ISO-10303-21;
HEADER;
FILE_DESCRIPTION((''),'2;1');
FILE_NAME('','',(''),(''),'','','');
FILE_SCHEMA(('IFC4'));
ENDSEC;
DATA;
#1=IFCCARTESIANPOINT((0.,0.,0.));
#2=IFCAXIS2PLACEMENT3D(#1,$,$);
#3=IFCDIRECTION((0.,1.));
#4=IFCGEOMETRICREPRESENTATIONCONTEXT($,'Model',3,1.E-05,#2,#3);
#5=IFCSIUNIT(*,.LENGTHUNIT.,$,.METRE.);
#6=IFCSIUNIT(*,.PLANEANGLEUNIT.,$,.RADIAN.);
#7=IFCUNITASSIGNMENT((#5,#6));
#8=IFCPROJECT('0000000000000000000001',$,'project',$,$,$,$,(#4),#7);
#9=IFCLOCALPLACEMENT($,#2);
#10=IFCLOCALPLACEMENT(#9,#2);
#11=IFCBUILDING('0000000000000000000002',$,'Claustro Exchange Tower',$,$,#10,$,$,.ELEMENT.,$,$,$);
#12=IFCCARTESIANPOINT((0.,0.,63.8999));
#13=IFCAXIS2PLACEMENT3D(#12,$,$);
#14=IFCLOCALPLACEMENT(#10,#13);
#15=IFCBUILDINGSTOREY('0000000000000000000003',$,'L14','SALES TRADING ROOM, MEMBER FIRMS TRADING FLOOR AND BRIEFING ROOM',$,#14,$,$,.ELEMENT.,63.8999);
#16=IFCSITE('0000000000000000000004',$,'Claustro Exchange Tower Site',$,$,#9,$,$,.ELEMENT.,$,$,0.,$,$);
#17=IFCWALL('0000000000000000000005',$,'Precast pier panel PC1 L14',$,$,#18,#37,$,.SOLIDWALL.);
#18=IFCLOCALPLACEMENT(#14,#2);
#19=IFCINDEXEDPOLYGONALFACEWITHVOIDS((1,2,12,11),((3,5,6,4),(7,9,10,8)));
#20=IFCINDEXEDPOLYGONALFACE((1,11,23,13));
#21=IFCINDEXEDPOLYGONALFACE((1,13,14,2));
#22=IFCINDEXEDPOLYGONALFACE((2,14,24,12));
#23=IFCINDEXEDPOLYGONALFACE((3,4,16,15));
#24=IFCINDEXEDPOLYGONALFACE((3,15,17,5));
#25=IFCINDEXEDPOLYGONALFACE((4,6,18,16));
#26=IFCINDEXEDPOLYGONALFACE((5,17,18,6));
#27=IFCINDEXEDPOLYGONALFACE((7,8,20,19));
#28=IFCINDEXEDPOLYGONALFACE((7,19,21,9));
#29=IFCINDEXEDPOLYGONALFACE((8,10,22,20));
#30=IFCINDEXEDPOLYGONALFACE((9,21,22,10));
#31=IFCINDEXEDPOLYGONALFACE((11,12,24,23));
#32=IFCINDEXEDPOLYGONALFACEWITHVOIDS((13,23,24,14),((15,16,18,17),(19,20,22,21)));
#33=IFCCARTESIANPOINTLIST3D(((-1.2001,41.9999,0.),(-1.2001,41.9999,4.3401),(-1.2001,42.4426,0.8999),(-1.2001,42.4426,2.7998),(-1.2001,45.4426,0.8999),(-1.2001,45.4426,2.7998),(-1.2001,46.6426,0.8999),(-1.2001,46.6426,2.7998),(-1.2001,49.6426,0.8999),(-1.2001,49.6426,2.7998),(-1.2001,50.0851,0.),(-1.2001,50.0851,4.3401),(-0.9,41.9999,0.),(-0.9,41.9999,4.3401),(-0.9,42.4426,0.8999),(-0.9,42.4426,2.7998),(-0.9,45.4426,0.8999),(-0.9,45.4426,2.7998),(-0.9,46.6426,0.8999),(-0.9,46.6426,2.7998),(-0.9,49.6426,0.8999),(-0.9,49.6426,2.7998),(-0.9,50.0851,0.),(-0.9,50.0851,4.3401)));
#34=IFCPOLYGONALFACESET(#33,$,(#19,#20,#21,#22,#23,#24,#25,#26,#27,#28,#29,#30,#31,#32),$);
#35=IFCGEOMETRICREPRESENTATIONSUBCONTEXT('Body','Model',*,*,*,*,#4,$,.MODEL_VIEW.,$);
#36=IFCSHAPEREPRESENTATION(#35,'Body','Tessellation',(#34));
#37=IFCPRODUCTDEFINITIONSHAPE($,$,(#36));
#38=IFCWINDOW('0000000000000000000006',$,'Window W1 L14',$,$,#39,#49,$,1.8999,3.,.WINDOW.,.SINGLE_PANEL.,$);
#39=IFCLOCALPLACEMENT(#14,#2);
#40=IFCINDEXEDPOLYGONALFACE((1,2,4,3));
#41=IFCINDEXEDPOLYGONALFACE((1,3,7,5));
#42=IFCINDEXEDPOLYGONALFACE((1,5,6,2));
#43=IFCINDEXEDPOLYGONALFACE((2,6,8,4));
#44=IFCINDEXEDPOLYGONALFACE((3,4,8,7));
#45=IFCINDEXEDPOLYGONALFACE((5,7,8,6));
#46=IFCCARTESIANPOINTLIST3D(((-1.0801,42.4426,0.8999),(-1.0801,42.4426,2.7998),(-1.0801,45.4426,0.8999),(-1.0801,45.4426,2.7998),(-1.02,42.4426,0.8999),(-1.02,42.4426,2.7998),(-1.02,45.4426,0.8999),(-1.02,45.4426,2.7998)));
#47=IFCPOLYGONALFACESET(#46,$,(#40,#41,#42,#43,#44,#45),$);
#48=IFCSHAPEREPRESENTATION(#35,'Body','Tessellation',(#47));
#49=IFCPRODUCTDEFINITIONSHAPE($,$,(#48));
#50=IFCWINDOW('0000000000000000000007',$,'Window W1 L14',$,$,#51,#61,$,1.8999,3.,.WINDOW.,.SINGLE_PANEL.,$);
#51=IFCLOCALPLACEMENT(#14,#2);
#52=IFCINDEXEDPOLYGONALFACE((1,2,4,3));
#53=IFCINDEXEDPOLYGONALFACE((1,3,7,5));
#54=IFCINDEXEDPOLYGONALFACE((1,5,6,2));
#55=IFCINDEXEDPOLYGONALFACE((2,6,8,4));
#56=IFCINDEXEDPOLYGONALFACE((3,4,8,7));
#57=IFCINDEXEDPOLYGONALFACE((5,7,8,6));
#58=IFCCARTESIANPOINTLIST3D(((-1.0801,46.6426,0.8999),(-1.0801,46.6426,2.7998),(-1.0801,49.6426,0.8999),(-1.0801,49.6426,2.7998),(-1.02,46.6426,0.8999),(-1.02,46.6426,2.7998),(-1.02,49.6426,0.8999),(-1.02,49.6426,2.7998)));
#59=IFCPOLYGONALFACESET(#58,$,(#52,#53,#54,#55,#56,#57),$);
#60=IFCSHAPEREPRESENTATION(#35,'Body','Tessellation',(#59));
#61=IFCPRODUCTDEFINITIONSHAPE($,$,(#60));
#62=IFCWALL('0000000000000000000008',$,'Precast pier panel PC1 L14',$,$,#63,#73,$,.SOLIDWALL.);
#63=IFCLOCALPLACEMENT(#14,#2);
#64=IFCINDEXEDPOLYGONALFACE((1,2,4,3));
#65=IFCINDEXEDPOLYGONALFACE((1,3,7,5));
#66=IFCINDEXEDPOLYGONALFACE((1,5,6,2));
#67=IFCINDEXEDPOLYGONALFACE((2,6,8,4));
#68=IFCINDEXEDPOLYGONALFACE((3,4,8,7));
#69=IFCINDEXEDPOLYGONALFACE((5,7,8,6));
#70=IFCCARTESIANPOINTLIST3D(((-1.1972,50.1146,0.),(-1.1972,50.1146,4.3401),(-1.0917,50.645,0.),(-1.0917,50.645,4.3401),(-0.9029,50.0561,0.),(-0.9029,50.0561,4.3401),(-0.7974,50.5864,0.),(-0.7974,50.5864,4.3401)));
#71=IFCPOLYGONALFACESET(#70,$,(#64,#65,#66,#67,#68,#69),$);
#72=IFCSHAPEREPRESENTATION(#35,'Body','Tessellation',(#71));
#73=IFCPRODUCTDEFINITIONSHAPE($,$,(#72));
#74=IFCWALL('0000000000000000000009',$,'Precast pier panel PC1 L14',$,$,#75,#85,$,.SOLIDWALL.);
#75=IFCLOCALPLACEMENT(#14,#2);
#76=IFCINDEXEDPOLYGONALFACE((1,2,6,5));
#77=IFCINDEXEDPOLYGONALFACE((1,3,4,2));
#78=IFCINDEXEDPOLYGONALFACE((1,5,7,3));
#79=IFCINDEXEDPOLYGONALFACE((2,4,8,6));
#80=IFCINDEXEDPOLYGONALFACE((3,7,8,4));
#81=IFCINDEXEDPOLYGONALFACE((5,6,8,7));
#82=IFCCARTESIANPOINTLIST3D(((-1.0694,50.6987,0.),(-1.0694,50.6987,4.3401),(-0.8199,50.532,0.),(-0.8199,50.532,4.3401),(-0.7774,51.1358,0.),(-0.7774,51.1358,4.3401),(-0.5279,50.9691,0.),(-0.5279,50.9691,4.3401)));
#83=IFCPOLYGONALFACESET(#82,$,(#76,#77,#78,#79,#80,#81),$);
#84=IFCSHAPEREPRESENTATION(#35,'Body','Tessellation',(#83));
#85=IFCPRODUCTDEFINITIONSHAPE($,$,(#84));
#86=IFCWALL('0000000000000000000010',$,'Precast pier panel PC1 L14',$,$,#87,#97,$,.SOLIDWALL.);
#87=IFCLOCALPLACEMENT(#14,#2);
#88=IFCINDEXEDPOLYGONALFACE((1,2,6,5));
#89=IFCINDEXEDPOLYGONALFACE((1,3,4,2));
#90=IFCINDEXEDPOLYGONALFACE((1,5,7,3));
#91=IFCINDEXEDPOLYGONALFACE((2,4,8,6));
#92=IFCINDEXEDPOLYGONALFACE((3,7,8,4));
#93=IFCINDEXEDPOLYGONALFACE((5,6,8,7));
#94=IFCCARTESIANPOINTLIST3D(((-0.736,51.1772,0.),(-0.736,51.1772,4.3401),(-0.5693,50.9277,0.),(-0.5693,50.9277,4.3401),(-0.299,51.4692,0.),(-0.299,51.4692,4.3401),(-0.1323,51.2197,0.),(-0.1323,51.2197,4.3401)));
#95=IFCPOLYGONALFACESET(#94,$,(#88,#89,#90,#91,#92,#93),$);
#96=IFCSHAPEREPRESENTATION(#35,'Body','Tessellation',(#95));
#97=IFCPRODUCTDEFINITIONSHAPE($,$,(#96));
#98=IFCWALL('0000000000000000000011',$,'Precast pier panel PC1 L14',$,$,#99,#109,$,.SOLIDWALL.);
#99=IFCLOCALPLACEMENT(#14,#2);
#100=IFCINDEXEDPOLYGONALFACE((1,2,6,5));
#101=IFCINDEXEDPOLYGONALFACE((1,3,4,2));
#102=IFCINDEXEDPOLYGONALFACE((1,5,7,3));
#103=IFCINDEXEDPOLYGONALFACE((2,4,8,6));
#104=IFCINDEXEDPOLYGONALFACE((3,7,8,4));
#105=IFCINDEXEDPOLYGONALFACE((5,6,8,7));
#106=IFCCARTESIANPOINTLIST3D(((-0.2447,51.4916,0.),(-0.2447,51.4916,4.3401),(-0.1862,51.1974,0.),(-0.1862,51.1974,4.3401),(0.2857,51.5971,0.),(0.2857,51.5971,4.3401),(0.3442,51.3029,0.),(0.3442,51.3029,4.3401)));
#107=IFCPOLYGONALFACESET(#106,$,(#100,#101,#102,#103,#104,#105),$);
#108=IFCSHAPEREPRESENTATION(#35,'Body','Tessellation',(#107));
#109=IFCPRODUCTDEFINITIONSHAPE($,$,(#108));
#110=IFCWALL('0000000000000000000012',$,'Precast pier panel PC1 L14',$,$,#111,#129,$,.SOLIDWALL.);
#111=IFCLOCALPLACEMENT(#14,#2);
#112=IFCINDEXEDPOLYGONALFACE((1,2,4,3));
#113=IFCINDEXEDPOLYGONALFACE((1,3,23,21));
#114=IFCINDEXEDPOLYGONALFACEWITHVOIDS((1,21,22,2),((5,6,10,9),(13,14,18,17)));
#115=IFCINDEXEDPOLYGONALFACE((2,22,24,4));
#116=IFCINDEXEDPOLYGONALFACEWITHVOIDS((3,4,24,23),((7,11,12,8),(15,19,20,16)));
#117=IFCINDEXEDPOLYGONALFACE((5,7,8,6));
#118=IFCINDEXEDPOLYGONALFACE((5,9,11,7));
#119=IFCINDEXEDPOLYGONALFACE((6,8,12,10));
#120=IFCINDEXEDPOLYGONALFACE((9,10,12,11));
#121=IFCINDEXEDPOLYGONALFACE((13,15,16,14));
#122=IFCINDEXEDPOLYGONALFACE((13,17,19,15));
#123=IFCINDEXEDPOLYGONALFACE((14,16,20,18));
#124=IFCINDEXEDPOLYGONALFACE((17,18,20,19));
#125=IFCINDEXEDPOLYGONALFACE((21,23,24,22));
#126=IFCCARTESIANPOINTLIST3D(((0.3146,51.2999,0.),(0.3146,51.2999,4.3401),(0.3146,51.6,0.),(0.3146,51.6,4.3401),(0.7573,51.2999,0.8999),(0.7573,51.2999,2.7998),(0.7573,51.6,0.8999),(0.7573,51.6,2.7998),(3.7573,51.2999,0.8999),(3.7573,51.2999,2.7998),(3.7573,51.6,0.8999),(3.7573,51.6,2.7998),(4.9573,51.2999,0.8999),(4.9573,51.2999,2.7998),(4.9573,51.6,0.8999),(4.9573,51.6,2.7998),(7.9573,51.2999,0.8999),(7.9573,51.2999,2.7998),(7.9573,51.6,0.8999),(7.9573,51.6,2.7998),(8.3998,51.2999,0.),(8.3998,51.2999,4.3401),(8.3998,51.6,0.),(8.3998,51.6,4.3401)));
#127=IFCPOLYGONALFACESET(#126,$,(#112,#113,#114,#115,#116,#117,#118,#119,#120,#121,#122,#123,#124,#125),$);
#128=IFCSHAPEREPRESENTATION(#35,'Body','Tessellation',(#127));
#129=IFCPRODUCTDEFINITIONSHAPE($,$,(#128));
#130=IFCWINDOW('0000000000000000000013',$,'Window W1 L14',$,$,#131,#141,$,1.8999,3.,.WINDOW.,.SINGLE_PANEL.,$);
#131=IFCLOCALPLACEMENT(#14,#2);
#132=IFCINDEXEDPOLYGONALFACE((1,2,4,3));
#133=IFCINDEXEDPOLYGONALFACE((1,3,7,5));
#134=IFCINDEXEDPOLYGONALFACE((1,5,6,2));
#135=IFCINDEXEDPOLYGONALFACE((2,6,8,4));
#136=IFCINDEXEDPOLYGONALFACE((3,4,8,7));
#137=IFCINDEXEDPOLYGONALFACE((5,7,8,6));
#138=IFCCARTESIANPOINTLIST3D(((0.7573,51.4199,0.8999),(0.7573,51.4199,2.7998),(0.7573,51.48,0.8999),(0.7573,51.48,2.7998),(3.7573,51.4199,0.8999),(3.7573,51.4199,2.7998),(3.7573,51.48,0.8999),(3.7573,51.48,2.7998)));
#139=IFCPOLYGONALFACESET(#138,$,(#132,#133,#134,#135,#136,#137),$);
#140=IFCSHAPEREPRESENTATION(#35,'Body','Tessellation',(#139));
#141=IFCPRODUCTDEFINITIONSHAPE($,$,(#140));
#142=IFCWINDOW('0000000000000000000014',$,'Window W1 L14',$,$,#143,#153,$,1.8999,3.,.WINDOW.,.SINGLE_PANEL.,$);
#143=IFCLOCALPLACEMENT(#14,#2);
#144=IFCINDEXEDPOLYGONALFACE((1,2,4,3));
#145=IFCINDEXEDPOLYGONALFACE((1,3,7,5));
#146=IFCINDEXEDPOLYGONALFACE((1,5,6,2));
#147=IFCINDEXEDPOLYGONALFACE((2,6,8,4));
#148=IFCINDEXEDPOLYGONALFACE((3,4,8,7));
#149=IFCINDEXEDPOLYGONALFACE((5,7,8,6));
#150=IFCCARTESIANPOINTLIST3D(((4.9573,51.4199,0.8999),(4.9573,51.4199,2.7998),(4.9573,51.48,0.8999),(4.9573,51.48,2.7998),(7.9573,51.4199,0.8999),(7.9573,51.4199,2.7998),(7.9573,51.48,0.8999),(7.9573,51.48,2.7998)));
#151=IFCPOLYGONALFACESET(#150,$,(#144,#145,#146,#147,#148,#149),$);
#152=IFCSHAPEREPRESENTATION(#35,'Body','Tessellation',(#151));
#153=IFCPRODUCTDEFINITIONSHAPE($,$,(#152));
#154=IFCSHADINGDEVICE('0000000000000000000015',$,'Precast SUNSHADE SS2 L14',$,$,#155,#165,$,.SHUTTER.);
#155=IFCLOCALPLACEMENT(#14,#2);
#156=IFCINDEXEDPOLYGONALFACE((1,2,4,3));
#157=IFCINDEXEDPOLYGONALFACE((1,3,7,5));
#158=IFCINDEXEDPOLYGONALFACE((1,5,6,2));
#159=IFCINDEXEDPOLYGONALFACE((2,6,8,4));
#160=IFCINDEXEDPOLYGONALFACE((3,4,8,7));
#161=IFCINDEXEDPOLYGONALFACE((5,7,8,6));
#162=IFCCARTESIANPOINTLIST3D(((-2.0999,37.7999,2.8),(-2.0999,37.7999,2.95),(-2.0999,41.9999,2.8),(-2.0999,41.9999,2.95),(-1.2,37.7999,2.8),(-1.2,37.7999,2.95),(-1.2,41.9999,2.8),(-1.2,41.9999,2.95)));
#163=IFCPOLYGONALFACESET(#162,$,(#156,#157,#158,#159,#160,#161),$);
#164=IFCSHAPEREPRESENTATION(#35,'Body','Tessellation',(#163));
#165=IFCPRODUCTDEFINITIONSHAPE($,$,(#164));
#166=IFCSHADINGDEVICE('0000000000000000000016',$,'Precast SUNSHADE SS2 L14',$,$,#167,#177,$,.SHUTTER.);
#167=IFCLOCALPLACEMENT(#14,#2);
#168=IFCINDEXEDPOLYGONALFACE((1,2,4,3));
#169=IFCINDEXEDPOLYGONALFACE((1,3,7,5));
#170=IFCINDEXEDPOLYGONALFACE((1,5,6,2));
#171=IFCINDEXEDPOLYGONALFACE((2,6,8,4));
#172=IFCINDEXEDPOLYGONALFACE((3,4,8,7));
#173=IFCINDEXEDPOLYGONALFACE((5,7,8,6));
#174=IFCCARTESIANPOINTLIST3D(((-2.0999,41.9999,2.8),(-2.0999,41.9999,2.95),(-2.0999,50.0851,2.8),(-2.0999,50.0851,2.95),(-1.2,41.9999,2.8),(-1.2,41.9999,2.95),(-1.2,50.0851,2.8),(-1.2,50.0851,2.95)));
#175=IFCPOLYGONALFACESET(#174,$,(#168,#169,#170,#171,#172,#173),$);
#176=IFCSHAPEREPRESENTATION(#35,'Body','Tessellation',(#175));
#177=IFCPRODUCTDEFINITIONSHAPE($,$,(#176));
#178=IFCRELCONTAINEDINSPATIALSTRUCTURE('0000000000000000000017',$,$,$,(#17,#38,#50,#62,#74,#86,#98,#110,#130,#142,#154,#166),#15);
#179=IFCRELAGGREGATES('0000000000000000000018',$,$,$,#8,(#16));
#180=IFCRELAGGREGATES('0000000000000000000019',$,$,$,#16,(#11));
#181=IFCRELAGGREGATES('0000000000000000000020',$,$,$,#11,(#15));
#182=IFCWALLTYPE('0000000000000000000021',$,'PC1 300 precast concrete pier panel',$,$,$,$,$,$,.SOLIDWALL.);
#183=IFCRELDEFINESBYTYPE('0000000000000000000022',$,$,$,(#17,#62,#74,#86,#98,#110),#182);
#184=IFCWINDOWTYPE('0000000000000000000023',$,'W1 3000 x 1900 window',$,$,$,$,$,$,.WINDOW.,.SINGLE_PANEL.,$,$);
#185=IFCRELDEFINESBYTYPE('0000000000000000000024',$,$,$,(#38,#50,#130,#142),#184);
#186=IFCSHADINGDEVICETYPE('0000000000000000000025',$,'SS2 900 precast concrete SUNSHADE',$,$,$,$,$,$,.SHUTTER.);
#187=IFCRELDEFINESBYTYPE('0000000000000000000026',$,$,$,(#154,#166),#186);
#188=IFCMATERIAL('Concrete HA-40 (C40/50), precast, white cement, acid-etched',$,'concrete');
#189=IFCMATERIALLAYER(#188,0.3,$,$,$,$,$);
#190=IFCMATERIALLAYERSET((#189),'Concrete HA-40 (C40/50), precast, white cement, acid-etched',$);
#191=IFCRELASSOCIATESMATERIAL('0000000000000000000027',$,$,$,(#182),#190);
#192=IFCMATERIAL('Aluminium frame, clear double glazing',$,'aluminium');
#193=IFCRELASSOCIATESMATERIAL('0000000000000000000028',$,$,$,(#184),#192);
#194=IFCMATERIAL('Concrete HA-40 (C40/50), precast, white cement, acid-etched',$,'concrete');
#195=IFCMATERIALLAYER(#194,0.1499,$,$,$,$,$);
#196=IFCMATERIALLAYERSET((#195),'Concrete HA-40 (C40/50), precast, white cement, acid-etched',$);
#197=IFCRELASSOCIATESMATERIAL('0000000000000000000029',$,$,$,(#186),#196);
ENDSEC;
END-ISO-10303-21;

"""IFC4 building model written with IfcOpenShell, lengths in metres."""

from ifc_helpers import new_model, si_unit, direction, frame, frame_2d, origin, origin_2d, place, context, subcontext, project, spatial, rectangle, extrude, material, layer, layer_set, type_object, element, fill, save


model = new_model("IFC4")

# Units and contexts
model_context = context("Model", 3, precision=1e-05, world=origin(), true_north=direction((0.0, 1.0)))
body_context = subcontext(model_context, "Body", "Model", "MODEL_VIEW")
ifc_project = project(units=[si_unit("LENGTHUNIT", "METRE"), si_unit("PLANEANGLEUNIT", "RADIAN")], contexts=[model_context])

# Site, building, storey
site_placement = place(None, origin())
site = spatial("IfcSite", under=ifc_project, at=site_placement, Name="Claustro Exchange Tower Site", CompositionType="ELEMENT", RefElevation=0.0)
building_placement = place(site_placement, origin())
building = spatial("IfcBuilding", under=site, at=building_placement, Name="Claustro Exchange Tower", CompositionType="ELEMENT")
storey_placement = place(building_placement, frame((0.0, 0.0, 63.8999)))
storey = spatial("IfcBuildingStorey", under=building, at=storey_placement, Name="L14", Description="SALES TRADING ROOM, MEMBER FIRMS TRADING FLOOR AND BRIEFING ROOM", CompositionType="ELEMENT", Elevation=63.8999)

# Wall, openings, windows
ifc_material_1 = material(Name="Concrete HA-40 (C40/50), precast, white cement, acid-etched", Category="concrete")
ifc_layer_1 = layer(ifc_material_1, 0.3)
ifc_layer_set_1 = layer_set([ifc_layer_1], Name="Concrete HA-40 (C40/50), precast, white cement, acid-etched")
wall_type_1 = type_object("IfcWallType", Name="PC1 300 precast concrete pier panel", PredefinedType="SOLIDWALL", material=ifc_layer_set_1)
wall_1_placement = place(storey_placement, frame((-1.05, 42.0, 0.0), z_axis=(0.0, 0.0, 1.0), x_axis=(0.0, 1.0, 0.0)))
wall_1 = element("IfcWall", 1, at=wall_1_placement, inside=storey, type_object=wall_type_1, Name="Precast pier panel PC1 L14", PredefinedType="SOLIDWALL", context=body_context, shape_type="SweptSolid", body=[
    extrude(rectangle(XDim=8.0852, YDim=0.3, at=frame_2d((4.0425, 0.0))), origin(), (0.0, 0.0, 1.0), 4.3401),
])
opening_1_placement = place(wall_1_placement, frame((0.4426, 0.0, 0.8999)))
opening_1 = element("IfcOpeningElement", 2, at=opening_1_placement, cuts=wall_1, PredefinedType="OPENING", context=body_context, shape_type="SweptSolid", body=[
    extrude(rectangle(XDim=3.0, YDim=1.8999, at=frame_2d((1.5, 0.95))), frame((0.0, 0.1599, 0.0), z_axis=(0.0, -1.0, 0.0), x_axis=(1.0, 0.0, 0.0)), (0.0, 0.0, 1.0), 0.3201),
])
opening_2_placement = place(wall_1_placement, frame((4.6426, 0.0, 0.8999)))
opening_2 = element("IfcOpeningElement", 3, at=opening_2_placement, cuts=wall_1, PredefinedType="OPENING", context=body_context, shape_type="SweptSolid", body=[
    extrude(rectangle(XDim=3.0, YDim=1.8999, at=frame_2d((1.5, 0.95))), frame((0.0, 0.1599, 0.0), z_axis=(0.0, -1.0, 0.0), x_axis=(1.0, 0.0, 0.0)), (0.0, 0.0, 1.0), 0.3201),
])
ifc_material_2 = material(Name="Aluminium frame, clear double glazing", Category="aluminium")
window_type = type_object("IfcWindowType", Name="W1 3000 x 1900 window", PartitioningType="SINGLE_PANEL", PredefinedType="WINDOW", material=ifc_material_2)
window_1_placement = place(opening_1_placement, origin())
window_1 = element("IfcWindow", 4, at=window_1_placement, inside=storey, type_object=window_type, Name="Window W1 L14", OverallHeight=1.8999, OverallWidth=3.0, PartitioningType="SINGLE_PANEL", PredefinedType="WINDOW", context=body_context, shape_type="SweptSolid", body=[
    extrude(rectangle(XDim=3.0, YDim=1.8999, at=frame_2d((1.5, 0.95))), frame((0.0, 0.03, 0.0), z_axis=(0.0, -1.0, 0.0), x_axis=(1.0, 0.0, 0.0)), (0.0, 0.0, 1.0), 0.0601),
])
fill(opening_1, window_1)
window_2_placement = place(opening_2_placement, origin())
window_2 = element("IfcWindow", 5, at=window_2_placement, inside=storey, type_object=window_type, Name="Window W1 L14", OverallHeight=1.8999, OverallWidth=3.0, PartitioningType="SINGLE_PANEL", PredefinedType="WINDOW", context=body_context, shape_type="SweptSolid", body=[
    extrude(rectangle(XDim=3.0, YDim=1.8999, at=frame_2d((1.5, 0.95))), frame((0.0, 0.03, 0.0), z_axis=(0.0, -1.0, 0.0), x_axis=(1.0, 0.0, 0.0)), (0.0, 0.0, 1.0), 0.0601),
])
fill(opening_2, window_2)

# Walls
wall_2_placement = place(storey_placement, frame((-1.05, 50.0852, 0.0), z_axis=(0.0, 0.0, 1.0), x_axis=(0.195074, 0.980789, 0.0)))
element("IfcWall", 6, at=wall_2_placement, inside=storey, type_object=wall_type_1, Name="Precast pier panel PC1 L14", PredefinedType="SOLIDWALL", context=body_context, shape_type="SweptSolid", body=[
    extrude(rectangle(XDim=0.5408, YDim=0.3, at=frame_2d((0.2705, 0.0))), origin(), (0.0, 0.0, 1.0), 4.3401),
])
for number, where, z_axis, x_axis, name in (
    (7, (-0.9446, 50.6155, 0.0), (0.0, 0.0, 1.0), (0.555557, 0.831478, 0.0), "Precast pier panel PC1 L14"),
    (8, (-0.6526, 51.0525, 0.0), (0.0, 0.0, 1.0), (0.831478, 0.555557, 0.0), "Precast pier panel PC1 L14"),
):
    element("IfcWall", number, at=place(storey_placement, frame(where, z_axis=z_axis, x_axis=x_axis)), inside=storey, type_object=wall_type_1, Name=name, PredefinedType="SOLIDWALL", context=body_context, shape_type="SweptSolid", body=[
        extrude(rectangle(XDim=0.5256, YDim=0.3, at=frame_2d((0.2627, 0.0))), origin(), (0.0, 0.0, 1.0), 4.3401),
    ])
wall_3_placement = place(storey_placement, frame((-0.2156, 51.3445, 0.0), z_axis=(0.0, 0.0, 1.0), x_axis=(0.980789, 0.195074, 0.0)))
element("IfcWall", 9, at=wall_3_placement, inside=storey, type_object=wall_type_1, Name="Precast pier panel PC1 L14", PredefinedType="SOLIDWALL", context=body_context, shape_type="SweptSolid", body=[
    extrude(rectangle(XDim=0.5408, YDim=0.3, at=frame_2d((0.2705, 0.0))), origin(), (0.0, 0.0, 1.0), 4.3401),
])

# Wall, openings, windows
wall_4_placement = place(storey_placement, frame((0.3147, 51.45, 0.0), z_axis=(0.0, 0.0, 1.0), x_axis=(1.0, 0.0, 0.0)))
wall_4 = element("IfcWall", 10, at=wall_4_placement, inside=storey, type_object=wall_type_1, Name="Precast pier panel PC1 L14", PredefinedType="SOLIDWALL", context=body_context, shape_type="SweptSolid", body=[
    extrude(rectangle(XDim=8.0852, YDim=0.3, at=frame_2d((4.0425, 0.0))), origin(), (0.0, 0.0, 1.0), 4.3401),
])
opening_3_placement = place(wall_4_placement, frame((0.4426, 0.0, 0.8999)))
opening_3 = element("IfcOpeningElement", 11, at=opening_3_placement, cuts=wall_4, PredefinedType="OPENING", context=body_context, shape_type="SweptSolid", body=[
    extrude(rectangle(XDim=3.0, YDim=1.8999, at=frame_2d((1.5, 0.95))), frame((0.0, 0.1599, 0.0), z_axis=(0.0, -1.0, 0.0), x_axis=(1.0, 0.0, 0.0)), (0.0, 0.0, 1.0), 0.3201),
])
opening_4_placement = place(wall_4_placement, frame((4.6426, 0.0, 0.8999)))
opening_4 = element("IfcOpeningElement", 12, at=opening_4_placement, cuts=wall_4, PredefinedType="OPENING", context=body_context, shape_type="SweptSolid", body=[
    extrude(rectangle(XDim=3.0, YDim=1.8999, at=frame_2d((1.5, 0.95))), frame((0.0, 0.1599, 0.0), z_axis=(0.0, -1.0, 0.0), x_axis=(1.0, 0.0, 0.0)), (0.0, 0.0, 1.0), 0.3201),
])
window_3_placement = place(opening_3_placement, origin())
window_3 = element("IfcWindow", 13, at=window_3_placement, inside=storey, type_object=window_type, Name="Window W1 L14", OverallHeight=1.8999, OverallWidth=3.0, PartitioningType="SINGLE_PANEL", PredefinedType="WINDOW", context=body_context, shape_type="SweptSolid", body=[
    extrude(rectangle(XDim=3.0, YDim=1.8999, at=frame_2d((1.5, 0.95))), frame((0.0, 0.03, 0.0), z_axis=(0.0, -1.0, 0.0), x_axis=(1.0, 0.0, 0.0)), (0.0, 0.0, 1.0), 0.0601),
])
fill(opening_3, window_3)
window_4_placement = place(opening_4_placement, origin())
window_4 = element("IfcWindow", 14, at=window_4_placement, inside=storey, type_object=window_type, Name="Window W1 L14", OverallHeight=1.8999, OverallWidth=3.0, PartitioningType="SINGLE_PANEL", PredefinedType="WINDOW", context=body_context, shape_type="SweptSolid", body=[
    extrude(rectangle(XDim=3.0, YDim=1.8999, at=frame_2d((1.5, 0.95))), frame((0.0, 0.03, 0.0), z_axis=(0.0, -1.0, 0.0), x_axis=(1.0, 0.0, 0.0)), (0.0, 0.0, 1.0), 0.0601),
])
fill(opening_4, window_4)

# Shading devices
ifc_material_3 = material(Name="Concrete HA-40 (C40/50), precast, white cement, acid-etched", Category="concrete")
ifc_layer_2 = layer(ifc_material_3, 0.1499)
ifc_layer_set_2 = layer_set([ifc_layer_2], Name="Concrete HA-40 (C40/50), precast, white cement, acid-etched")
shading_device_type = type_object("IfcShadingDeviceType", Name="SS2 900 precast concrete SUNSHADE", PredefinedType="SHUTTER", material=ifc_layer_set_2)
shading_device_1_placement = place(storey_placement, frame((-1.6499, 39.8999, 2.8), z_axis=(0.0, 0.0, 1.0), x_axis=(0.0, 1.0, 0.0)))
element("IfcShadingDevice", 15, at=shading_device_1_placement, inside=storey, type_object=shading_device_type, Name="Precast SUNSHADE SS2 L14", PredefinedType="SHUTTER", context=body_context, shape_type="SweptSolid", body=[
    extrude(rectangle(XDim=4.2, YDim=0.8999, at=origin_2d()), origin(), (0.0, 0.0, 1.0), 0.1499),
])
shading_device_2_placement = place(storey_placement, frame((-1.6499, 46.0425, 2.8), z_axis=(0.0, 0.0, 1.0), x_axis=(0.0, 1.0, 0.0)))
element("IfcShadingDevice", 16, at=shading_device_2_placement, inside=storey, type_object=shading_device_type, Name="Precast SUNSHADE SS2 L14", PredefinedType="SHUTTER", context=body_context, shape_type="SweptSolid", body=[
    extrude(rectangle(XDim=8.0852, YDim=0.8999, at=origin_2d()), origin(), (0.0, 0.0, 1.0), 0.1499),
])

save(model, "model.ifc")
